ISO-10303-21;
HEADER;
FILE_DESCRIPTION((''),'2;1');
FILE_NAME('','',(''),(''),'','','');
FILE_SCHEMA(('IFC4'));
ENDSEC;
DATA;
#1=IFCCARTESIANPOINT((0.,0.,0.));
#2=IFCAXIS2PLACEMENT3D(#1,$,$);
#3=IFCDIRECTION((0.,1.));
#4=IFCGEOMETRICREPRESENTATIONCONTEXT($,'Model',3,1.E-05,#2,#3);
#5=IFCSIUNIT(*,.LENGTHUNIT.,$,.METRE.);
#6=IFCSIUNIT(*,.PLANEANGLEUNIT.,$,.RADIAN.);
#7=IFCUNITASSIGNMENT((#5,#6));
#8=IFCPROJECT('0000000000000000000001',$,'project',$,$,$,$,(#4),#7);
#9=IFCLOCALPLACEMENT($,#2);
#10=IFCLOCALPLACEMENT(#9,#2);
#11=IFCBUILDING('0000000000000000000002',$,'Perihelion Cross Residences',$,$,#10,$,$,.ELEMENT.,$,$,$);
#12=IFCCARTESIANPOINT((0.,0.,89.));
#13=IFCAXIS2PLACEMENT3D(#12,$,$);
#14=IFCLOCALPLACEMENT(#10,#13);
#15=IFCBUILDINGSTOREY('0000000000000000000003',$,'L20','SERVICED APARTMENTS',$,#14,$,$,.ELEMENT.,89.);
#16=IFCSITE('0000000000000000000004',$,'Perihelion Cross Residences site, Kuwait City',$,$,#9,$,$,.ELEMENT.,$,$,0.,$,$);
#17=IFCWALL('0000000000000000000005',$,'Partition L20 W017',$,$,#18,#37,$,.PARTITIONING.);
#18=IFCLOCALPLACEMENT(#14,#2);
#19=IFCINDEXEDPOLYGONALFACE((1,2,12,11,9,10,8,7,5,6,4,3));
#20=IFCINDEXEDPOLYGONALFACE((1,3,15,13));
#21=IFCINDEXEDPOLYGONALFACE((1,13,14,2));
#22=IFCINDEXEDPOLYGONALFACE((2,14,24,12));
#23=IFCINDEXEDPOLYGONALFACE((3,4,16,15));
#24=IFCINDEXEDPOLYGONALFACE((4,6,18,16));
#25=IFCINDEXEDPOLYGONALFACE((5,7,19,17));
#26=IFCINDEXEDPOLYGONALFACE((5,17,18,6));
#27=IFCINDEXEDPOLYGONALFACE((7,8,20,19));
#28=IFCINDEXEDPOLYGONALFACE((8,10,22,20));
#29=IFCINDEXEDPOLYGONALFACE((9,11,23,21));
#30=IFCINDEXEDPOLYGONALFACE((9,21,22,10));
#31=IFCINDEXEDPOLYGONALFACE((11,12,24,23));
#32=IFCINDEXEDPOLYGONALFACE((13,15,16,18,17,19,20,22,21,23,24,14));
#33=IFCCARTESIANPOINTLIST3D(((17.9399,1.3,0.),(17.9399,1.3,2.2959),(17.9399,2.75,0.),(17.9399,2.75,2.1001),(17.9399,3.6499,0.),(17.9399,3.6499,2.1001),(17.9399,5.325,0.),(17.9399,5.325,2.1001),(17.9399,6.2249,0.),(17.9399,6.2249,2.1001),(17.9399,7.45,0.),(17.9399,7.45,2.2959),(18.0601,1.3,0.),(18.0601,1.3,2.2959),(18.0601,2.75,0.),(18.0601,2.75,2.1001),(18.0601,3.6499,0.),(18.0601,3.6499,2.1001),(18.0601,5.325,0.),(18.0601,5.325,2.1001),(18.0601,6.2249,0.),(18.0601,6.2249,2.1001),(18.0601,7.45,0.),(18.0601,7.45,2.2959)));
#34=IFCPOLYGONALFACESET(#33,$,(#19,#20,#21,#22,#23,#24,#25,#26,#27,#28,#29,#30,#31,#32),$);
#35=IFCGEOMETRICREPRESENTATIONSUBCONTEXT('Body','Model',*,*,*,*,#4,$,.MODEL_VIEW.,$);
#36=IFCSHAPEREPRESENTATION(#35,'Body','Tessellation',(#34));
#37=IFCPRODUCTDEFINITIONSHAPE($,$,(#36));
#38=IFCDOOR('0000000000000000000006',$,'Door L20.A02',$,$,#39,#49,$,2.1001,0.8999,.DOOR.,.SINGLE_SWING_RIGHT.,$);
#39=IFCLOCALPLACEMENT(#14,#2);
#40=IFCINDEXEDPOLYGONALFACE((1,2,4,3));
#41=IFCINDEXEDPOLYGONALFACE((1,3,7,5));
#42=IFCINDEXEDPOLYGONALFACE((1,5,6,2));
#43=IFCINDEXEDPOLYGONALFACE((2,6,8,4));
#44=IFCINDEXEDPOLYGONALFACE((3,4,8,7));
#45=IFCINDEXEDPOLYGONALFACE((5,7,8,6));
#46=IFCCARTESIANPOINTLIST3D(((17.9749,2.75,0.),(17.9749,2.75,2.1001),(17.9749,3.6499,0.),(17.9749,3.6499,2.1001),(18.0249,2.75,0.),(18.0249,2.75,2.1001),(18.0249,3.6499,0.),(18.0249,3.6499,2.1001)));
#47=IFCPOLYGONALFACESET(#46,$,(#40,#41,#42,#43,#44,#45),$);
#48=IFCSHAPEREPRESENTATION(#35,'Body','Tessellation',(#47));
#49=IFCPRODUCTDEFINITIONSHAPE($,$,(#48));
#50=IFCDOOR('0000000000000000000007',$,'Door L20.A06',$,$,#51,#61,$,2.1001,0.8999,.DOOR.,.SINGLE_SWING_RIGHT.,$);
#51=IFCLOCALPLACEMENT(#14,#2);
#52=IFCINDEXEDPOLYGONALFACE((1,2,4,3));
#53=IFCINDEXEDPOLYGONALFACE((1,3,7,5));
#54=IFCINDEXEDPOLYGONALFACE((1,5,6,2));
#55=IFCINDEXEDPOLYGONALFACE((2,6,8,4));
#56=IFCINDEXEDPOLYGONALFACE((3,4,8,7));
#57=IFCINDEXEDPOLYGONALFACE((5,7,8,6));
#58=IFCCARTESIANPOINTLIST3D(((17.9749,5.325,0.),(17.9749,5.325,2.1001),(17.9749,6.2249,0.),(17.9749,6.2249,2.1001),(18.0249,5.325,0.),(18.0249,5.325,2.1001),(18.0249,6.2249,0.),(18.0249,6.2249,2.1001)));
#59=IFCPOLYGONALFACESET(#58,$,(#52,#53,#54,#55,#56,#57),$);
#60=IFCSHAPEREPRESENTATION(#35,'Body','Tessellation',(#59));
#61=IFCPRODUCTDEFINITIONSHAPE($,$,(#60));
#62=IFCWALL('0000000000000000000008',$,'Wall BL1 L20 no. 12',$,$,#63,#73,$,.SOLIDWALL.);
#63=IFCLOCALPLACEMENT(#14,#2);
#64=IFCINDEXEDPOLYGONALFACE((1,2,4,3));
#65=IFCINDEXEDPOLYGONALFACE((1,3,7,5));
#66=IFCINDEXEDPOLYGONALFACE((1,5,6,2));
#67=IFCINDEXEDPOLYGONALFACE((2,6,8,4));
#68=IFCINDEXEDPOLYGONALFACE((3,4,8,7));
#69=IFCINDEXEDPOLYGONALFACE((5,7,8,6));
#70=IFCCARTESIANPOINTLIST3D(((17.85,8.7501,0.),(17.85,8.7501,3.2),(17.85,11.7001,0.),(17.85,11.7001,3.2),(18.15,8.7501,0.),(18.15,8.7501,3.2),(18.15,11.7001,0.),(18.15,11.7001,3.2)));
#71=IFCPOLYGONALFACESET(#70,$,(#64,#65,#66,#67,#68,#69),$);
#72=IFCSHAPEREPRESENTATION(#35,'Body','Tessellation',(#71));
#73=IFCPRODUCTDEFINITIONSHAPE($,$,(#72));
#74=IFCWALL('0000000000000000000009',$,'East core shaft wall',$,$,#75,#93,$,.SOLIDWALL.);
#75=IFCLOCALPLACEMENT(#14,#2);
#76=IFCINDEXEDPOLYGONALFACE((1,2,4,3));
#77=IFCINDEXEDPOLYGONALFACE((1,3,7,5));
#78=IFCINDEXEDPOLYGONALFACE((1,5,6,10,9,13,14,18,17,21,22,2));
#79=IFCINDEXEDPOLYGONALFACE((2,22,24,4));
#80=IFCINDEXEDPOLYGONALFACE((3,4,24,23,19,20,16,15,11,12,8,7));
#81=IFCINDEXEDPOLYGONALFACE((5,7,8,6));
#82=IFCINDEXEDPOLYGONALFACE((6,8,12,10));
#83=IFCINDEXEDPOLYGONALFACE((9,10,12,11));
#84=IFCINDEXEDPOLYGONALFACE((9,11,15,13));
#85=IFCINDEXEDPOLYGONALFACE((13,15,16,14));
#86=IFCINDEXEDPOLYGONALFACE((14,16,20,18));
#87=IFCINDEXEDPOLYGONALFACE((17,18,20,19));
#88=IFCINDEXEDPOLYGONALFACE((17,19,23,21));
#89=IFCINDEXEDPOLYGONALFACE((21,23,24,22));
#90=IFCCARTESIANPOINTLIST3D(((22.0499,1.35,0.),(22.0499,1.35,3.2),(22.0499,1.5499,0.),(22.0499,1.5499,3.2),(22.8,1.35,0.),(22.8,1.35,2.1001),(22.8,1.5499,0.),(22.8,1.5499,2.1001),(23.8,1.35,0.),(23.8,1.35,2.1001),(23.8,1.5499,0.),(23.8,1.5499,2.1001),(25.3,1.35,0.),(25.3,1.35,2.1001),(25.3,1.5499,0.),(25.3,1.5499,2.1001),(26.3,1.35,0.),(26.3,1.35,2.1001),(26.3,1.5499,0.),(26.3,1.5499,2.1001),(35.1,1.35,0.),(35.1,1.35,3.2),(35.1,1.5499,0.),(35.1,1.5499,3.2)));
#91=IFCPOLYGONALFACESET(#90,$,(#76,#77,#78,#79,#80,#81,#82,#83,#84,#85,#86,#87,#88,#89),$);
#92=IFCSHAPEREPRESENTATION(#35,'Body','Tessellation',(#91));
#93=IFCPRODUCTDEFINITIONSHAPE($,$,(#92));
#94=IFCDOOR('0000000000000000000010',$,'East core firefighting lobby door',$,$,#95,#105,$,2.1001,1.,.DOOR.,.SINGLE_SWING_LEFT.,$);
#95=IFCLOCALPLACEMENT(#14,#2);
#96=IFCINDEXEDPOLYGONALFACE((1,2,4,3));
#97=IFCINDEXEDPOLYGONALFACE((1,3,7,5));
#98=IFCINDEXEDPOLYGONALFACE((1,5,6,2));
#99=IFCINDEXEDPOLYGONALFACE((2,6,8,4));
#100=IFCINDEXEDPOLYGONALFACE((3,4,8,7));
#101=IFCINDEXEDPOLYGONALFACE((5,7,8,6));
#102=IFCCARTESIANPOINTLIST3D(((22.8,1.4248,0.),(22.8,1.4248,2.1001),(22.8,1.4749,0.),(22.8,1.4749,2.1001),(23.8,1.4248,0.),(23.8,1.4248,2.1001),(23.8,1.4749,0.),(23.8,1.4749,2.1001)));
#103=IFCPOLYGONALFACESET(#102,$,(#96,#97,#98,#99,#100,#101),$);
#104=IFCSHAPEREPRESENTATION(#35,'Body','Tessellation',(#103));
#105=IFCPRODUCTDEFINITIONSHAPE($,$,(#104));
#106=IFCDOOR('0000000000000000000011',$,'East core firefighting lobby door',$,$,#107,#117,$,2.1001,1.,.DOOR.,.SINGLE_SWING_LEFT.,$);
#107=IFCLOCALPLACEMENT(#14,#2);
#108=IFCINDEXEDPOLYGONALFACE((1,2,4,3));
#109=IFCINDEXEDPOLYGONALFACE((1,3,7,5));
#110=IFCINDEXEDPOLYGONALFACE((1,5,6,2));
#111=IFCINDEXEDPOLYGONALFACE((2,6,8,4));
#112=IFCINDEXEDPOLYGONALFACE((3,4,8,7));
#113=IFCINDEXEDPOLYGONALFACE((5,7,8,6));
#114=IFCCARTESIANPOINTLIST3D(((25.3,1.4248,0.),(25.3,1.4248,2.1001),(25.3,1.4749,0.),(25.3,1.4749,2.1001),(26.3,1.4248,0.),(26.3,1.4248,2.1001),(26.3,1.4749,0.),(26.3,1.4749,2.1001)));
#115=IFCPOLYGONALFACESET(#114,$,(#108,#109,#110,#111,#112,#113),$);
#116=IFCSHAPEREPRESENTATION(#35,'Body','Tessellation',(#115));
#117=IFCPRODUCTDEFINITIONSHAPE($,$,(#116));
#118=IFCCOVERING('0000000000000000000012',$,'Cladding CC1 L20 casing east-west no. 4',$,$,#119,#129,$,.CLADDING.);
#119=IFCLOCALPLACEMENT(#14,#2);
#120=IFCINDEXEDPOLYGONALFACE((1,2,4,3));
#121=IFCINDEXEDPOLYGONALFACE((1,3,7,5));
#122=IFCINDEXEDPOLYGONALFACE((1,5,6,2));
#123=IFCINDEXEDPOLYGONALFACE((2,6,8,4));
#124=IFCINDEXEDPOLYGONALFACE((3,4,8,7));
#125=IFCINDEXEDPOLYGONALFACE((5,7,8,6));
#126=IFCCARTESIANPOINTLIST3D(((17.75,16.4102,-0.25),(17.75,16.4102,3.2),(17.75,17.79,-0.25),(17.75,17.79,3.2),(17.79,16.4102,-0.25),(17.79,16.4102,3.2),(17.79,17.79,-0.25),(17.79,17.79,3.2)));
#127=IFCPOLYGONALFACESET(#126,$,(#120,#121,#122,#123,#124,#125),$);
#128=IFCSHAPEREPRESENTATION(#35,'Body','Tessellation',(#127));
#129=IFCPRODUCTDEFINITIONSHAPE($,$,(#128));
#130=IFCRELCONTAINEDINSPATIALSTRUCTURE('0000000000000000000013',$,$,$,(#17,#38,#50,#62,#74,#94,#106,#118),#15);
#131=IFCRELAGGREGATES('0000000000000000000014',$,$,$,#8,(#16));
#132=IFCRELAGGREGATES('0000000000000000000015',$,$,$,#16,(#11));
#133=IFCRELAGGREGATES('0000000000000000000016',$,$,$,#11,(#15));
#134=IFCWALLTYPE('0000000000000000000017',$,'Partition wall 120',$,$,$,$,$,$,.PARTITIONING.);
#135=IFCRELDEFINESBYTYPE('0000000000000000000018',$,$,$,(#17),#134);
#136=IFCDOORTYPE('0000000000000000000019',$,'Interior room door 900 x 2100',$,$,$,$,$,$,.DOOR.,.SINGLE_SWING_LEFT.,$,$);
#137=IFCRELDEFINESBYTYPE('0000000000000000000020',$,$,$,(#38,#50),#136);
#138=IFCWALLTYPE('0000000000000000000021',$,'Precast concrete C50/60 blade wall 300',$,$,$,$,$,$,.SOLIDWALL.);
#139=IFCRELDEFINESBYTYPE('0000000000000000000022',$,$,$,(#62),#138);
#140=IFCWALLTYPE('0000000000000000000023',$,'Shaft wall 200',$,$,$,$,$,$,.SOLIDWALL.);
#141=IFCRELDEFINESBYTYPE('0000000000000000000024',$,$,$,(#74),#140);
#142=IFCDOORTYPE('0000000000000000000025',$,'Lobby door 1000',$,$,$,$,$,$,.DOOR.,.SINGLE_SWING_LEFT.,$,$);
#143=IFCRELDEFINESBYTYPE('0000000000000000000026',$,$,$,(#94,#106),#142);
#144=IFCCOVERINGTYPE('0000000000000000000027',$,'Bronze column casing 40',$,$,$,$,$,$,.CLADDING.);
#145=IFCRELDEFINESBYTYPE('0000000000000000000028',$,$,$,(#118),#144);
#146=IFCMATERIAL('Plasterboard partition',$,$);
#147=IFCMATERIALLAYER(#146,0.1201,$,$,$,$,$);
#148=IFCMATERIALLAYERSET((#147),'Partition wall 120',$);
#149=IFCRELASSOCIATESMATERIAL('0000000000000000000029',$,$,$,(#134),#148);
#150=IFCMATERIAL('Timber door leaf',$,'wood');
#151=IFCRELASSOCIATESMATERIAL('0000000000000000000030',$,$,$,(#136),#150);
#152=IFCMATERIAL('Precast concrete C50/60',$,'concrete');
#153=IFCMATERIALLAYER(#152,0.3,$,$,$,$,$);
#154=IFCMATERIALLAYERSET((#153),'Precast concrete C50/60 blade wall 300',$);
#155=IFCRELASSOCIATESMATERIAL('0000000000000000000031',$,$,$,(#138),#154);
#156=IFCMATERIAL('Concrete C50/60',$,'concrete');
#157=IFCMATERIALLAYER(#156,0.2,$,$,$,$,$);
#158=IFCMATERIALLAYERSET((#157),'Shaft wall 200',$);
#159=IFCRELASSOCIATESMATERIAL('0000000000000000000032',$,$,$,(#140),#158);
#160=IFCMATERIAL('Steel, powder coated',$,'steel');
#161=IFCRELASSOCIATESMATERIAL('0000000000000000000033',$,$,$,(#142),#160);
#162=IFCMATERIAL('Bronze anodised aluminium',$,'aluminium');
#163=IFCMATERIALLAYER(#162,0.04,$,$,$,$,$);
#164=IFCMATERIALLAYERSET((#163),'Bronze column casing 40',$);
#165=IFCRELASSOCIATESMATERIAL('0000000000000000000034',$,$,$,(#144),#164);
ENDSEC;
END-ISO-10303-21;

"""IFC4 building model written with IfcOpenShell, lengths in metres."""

from ifc_helpers import new_model, si_unit, direction, frame, frame_2d, origin, origin_2d, place, context, subcontext, project, spatial, rectangle, extrude, material, layer, layer_set, type_object, element, fill, save


model = new_model("IFC4")

# Units and contexts
model_context = context("Model", 3, precision=1e-05, world=origin(), true_north=direction((0.0, 1.0)))
body_context = subcontext(model_context, "Body", "Model", "MODEL_VIEW")
ifc_project = project(units=[si_unit("LENGTHUNIT", "METRE"), si_unit("PLANEANGLEUNIT", "RADIAN")], contexts=[model_context])

# Site, building, storey
site_placement = place(None, origin())
site = spatial("IfcSite", under=ifc_project, at=site_placement, Name="Perihelion Cross Residences site, Kuwait City", CompositionType="ELEMENT", RefElevation=0.0)
building_placement = place(site_placement, origin())
building = spatial("IfcBuilding", under=site, at=building_placement, Name="Perihelion Cross Residences", CompositionType="ELEMENT")
storey_placement = place(building_placement, frame((0.0, 0.0, 89.0)))
storey = spatial("IfcBuildingStorey", under=building, at=storey_placement, Name="L20", Description="SERVICED APARTMENTS", CompositionType="ELEMENT", Elevation=89.0)

# Wall, openings, doors
ifc_material_1 = material(Name="Plasterboard partition")
ifc_layer_1 = layer(ifc_material_1, 0.1201)
ifc_layer_set_1 = layer_set([ifc_layer_1], Name="Partition wall 120")
wall_type_1 = type_object("IfcWallType", Name="Partition wall 120", PredefinedType="PARTITIONING", material=ifc_layer_set_1)
wall_1_placement = place(storey_placement, frame((18.0, 7.45, 0.0), z_axis=(0.0, 0.0, 1.0), x_axis=(0.0, -1.0, 0.0)))
wall_1 = element("IfcWall", 1, at=wall_1_placement, inside=storey, type_object=wall_type_1, Name="Partition L20 W017", PredefinedType="PARTITIONING", context=body_context, shape_type="SweptSolid", body=[
    extrude(rectangle(XDim=6.1499, YDim=0.1201, at=frame_2d((3.075, 0.0))), origin(), (0.0, 0.0, 1.0), 2.2959),
])
opening_1_placement = place(wall_1_placement, frame((3.8, 0.0, 0.0)))
opening_1 = element("IfcOpeningElement", 2, at=opening_1_placement, cuts=wall_1, PredefinedType="OPENING", context=body_context, shape_type="SweptSolid", body=[
    extrude(rectangle(XDim=0.8999, YDim=2.1001, at=frame_2d((0.45, 1.05))), frame((0.0, 0.0701, 0.0), z_axis=(0.0, -1.0, 0.0), x_axis=(1.0, 0.0, 0.0)), (0.0, 0.0, 1.0), 0.1401),
])
opening_2_placement = place(wall_1_placement, frame((1.2251, 0.0, 0.0)))
opening_2 = element("IfcOpeningElement", 3, at=opening_2_placement, cuts=wall_1, PredefinedType="OPENING", context=body_context, shape_type="SweptSolid", body=[
    extrude(rectangle(XDim=0.8999, YDim=2.1001, at=frame_2d((0.45, 1.05))), frame((0.0, 0.0701, 0.0), z_axis=(0.0, -1.0, 0.0), x_axis=(1.0, 0.0, 0.0)), (0.0, 0.0, 1.0), 0.1401),
])
ifc_material_2 = material(Name="Timber door leaf", Category="wood")
door_type_1 = type_object("IfcDoorType", Name="Interior room door 900 x 2100", OperationType="SINGLE_SWING_LEFT", PredefinedType="DOOR", material=ifc_material_2)
door_1_placement = place(opening_1_placement, origin())
door_1 = element("IfcDoor", 4, at=door_1_placement, inside=storey, type_object=door_type_1, Name="Door L20.A02", OperationType="SINGLE_SWING_RIGHT", OverallHeight=2.1001, OverallWidth=0.8999, PredefinedType="DOOR", context=body_context, shape_type="SweptSolid", body=[
    extrude(rectangle(XDim=0.8999, YDim=2.1001, at=frame_2d((0.45, 1.05))), frame((0.0, 0.0249, 0.0), z_axis=(0.0, -1.0, 0.0), x_axis=(1.0, 0.0, 0.0)), (0.0, 0.0, 1.0), 0.05),
])
fill(opening_1, door_1)
door_2_placement = place(opening_2_placement, origin())
door_2 = element("IfcDoor", 5, at=door_2_placement, inside=storey, type_object=door_type_1, Name="Door L20.A06", OperationType="SINGLE_SWING_RIGHT", OverallHeight=2.1001, OverallWidth=0.8999, PredefinedType="DOOR", context=body_context, shape_type="SweptSolid", body=[
    extrude(rectangle(XDim=0.8999, YDim=2.1001, at=frame_2d((0.45, 1.05))), frame((0.0, 0.0249, 0.0), z_axis=(0.0, -1.0, 0.0), x_axis=(1.0, 0.0, 0.0)), (0.0, 0.0, 1.0), 0.05),
])
fill(opening_2, door_2)

# Wall
ifc_material_3 = material(Name="Precast concrete C50/60", Category="concrete")
ifc_layer_2 = layer(ifc_material_3, 0.3)
ifc_layer_set_2 = layer_set([ifc_layer_2], Name="Precast concrete C50/60 blade wall 300")
wall_type_2 = type_object("IfcWallType", Name="Precast concrete C50/60 blade wall 300", PredefinedType="SOLIDWALL", material=ifc_layer_set_2)
wall_2_placement = place(storey_placement, frame((18.0, 8.75, 0.0), z_axis=(0.0, 0.0, 1.0), x_axis=(0.0, 1.0, 0.0)))
element("IfcWall", 6, at=wall_2_placement, inside=storey, type_object=wall_type_2, Name="Wall BL1 L20 no. 12", PredefinedType="SOLIDWALL", context=body_context, shape_type="SweptSolid", body=[
    extrude(rectangle(XDim=2.95, YDim=0.3, at=frame_2d((1.4751, 0.0))), origin(), (0.0, 0.0, 1.0), 3.2),
])

# Wall, openings, doors
ifc_material_4 = material(Name="Concrete C50/60", Category="concrete")
ifc_layer_3 = layer(ifc_material_4, 0.2)
ifc_layer_set_3 = layer_set([ifc_layer_3], Name="Shaft wall 200")
wall_type_3 = type_object("IfcWallType", Name="Shaft wall 200", PredefinedType="SOLIDWALL", material=ifc_layer_set_3)
wall_3_placement = place(storey_placement, frame((22.05, 1.45, 0.0), z_axis=(0.0, 0.0, 1.0), x_axis=(1.0, 0.0, 0.0)))
wall_3 = element("IfcWall", 7, at=wall_3_placement, inside=storey, type_object=wall_type_3, Name="East core shaft wall", PredefinedType="SOLIDWALL", context=body_context, shape_type="SweptSolid", body=[
    extrude(rectangle(XDim=13.05, YDim=0.2, at=frame_2d((6.5249, 0.0))), origin(), (0.0, 0.0, 1.0), 3.2),
])
opening_3_placement = place(wall_3_placement, frame((0.75, 0.0, 0.0)))
opening_3 = element("IfcOpeningElement", 8, at=opening_3_placement, cuts=wall_3, PredefinedType="OPENING", context=body_context, shape_type="SweptSolid", body=[
    extrude(rectangle(XDim=1.0, YDim=2.1001, at=frame_2d((0.5, 1.05))), frame((0.0, 0.1099, 0.0), z_axis=(0.0, -1.0, 0.0), x_axis=(1.0, 0.0, 0.0)), (0.0, 0.0, 1.0), 0.22),
])
opening_4_placement = place(wall_3_placement, frame((3.25, 0.0, 0.0)))
opening_4 = element("IfcOpeningElement", 9, at=opening_4_placement, cuts=wall_3, PredefinedType="OPENING", context=body_context, shape_type="SweptSolid", body=[
    extrude(rectangle(XDim=1.0, YDim=2.1001, at=frame_2d((0.5, 1.05))), frame((0.0, 0.1099, 0.0), z_axis=(0.0, -1.0, 0.0), x_axis=(1.0, 0.0, 0.0)), (0.0, 0.0, 1.0), 0.22),
])
ifc_material_5 = material(Name="Steel, powder coated", Category="steel")
door_type_2 = type_object("IfcDoorType", Name="Lobby door 1000", OperationType="SINGLE_SWING_LEFT", PredefinedType="DOOR", material=ifc_material_5)
door_3_placement = place(opening_3_placement, origin())
door_3 = element("IfcDoor", 10, at=door_3_placement, inside=storey, type_object=door_type_2, Name="East core firefighting lobby door", OperationType="SINGLE_SWING_LEFT", OverallHeight=2.1001, OverallWidth=1.0, PredefinedType="DOOR", context=body_context, shape_type="SweptSolid", body=[
    extrude(rectangle(XDim=1.0, YDim=2.1001, at=frame_2d((0.5, 1.05))), frame((0.0, 0.0249, 0.0), z_axis=(0.0, -1.0, 0.0), x_axis=(1.0, 0.0, 0.0)), (0.0, 0.0, 1.0), 0.05),
])
fill(opening_3, door_3)
door_4_placement = place(opening_4_placement, origin())
door_4 = element("IfcDoor", 11, at=door_4_placement, inside=storey, type_object=door_type_2, Name="East core firefighting lobby door", OperationType="SINGLE_SWING_LEFT", OverallHeight=2.1001, OverallWidth=1.0, PredefinedType="DOOR", context=body_context, shape_type="SweptSolid", body=[
    extrude(rectangle(XDim=1.0, YDim=2.1001, at=frame_2d((0.5, 1.05))), frame((0.0, 0.0249, 0.0), z_axis=(0.0, -1.0, 0.0), x_axis=(1.0, 0.0, 0.0)), (0.0, 0.0, 1.0), 0.05),
])
fill(opening_4, door_4)

# Covering
ifc_material_6 = material(Name="Bronze anodised aluminium", Category="aluminium")
ifc_layer_4 = layer(ifc_material_6, 0.04)
ifc_layer_set_4 = layer_set([ifc_layer_4], Name="Bronze column casing 40")
covering_type = type_object("IfcCoveringType", Name="Bronze column casing 40", PredefinedType="CLADDING", material=ifc_layer_set_4)
covering_placement = place(storey_placement, frame((17.77, 17.1001, -0.25), z_axis=(0.0, 0.0, 1.0), x_axis=(1.0, 0.0, 0.0)))
element("IfcCovering", 12, at=covering_placement, inside=storey, type_object=covering_type, Name="Cladding CC1 L20 casing east-west no. 4", PredefinedType="CLADDING", context=body_context, shape_type="SweptSolid", body=[
    extrude(rectangle(XDim=0.04, YDim=1.3799, at=origin_2d()), origin(), (0.0, 0.0, 1.0), 3.45),
])

save(model, "model.ifc")
